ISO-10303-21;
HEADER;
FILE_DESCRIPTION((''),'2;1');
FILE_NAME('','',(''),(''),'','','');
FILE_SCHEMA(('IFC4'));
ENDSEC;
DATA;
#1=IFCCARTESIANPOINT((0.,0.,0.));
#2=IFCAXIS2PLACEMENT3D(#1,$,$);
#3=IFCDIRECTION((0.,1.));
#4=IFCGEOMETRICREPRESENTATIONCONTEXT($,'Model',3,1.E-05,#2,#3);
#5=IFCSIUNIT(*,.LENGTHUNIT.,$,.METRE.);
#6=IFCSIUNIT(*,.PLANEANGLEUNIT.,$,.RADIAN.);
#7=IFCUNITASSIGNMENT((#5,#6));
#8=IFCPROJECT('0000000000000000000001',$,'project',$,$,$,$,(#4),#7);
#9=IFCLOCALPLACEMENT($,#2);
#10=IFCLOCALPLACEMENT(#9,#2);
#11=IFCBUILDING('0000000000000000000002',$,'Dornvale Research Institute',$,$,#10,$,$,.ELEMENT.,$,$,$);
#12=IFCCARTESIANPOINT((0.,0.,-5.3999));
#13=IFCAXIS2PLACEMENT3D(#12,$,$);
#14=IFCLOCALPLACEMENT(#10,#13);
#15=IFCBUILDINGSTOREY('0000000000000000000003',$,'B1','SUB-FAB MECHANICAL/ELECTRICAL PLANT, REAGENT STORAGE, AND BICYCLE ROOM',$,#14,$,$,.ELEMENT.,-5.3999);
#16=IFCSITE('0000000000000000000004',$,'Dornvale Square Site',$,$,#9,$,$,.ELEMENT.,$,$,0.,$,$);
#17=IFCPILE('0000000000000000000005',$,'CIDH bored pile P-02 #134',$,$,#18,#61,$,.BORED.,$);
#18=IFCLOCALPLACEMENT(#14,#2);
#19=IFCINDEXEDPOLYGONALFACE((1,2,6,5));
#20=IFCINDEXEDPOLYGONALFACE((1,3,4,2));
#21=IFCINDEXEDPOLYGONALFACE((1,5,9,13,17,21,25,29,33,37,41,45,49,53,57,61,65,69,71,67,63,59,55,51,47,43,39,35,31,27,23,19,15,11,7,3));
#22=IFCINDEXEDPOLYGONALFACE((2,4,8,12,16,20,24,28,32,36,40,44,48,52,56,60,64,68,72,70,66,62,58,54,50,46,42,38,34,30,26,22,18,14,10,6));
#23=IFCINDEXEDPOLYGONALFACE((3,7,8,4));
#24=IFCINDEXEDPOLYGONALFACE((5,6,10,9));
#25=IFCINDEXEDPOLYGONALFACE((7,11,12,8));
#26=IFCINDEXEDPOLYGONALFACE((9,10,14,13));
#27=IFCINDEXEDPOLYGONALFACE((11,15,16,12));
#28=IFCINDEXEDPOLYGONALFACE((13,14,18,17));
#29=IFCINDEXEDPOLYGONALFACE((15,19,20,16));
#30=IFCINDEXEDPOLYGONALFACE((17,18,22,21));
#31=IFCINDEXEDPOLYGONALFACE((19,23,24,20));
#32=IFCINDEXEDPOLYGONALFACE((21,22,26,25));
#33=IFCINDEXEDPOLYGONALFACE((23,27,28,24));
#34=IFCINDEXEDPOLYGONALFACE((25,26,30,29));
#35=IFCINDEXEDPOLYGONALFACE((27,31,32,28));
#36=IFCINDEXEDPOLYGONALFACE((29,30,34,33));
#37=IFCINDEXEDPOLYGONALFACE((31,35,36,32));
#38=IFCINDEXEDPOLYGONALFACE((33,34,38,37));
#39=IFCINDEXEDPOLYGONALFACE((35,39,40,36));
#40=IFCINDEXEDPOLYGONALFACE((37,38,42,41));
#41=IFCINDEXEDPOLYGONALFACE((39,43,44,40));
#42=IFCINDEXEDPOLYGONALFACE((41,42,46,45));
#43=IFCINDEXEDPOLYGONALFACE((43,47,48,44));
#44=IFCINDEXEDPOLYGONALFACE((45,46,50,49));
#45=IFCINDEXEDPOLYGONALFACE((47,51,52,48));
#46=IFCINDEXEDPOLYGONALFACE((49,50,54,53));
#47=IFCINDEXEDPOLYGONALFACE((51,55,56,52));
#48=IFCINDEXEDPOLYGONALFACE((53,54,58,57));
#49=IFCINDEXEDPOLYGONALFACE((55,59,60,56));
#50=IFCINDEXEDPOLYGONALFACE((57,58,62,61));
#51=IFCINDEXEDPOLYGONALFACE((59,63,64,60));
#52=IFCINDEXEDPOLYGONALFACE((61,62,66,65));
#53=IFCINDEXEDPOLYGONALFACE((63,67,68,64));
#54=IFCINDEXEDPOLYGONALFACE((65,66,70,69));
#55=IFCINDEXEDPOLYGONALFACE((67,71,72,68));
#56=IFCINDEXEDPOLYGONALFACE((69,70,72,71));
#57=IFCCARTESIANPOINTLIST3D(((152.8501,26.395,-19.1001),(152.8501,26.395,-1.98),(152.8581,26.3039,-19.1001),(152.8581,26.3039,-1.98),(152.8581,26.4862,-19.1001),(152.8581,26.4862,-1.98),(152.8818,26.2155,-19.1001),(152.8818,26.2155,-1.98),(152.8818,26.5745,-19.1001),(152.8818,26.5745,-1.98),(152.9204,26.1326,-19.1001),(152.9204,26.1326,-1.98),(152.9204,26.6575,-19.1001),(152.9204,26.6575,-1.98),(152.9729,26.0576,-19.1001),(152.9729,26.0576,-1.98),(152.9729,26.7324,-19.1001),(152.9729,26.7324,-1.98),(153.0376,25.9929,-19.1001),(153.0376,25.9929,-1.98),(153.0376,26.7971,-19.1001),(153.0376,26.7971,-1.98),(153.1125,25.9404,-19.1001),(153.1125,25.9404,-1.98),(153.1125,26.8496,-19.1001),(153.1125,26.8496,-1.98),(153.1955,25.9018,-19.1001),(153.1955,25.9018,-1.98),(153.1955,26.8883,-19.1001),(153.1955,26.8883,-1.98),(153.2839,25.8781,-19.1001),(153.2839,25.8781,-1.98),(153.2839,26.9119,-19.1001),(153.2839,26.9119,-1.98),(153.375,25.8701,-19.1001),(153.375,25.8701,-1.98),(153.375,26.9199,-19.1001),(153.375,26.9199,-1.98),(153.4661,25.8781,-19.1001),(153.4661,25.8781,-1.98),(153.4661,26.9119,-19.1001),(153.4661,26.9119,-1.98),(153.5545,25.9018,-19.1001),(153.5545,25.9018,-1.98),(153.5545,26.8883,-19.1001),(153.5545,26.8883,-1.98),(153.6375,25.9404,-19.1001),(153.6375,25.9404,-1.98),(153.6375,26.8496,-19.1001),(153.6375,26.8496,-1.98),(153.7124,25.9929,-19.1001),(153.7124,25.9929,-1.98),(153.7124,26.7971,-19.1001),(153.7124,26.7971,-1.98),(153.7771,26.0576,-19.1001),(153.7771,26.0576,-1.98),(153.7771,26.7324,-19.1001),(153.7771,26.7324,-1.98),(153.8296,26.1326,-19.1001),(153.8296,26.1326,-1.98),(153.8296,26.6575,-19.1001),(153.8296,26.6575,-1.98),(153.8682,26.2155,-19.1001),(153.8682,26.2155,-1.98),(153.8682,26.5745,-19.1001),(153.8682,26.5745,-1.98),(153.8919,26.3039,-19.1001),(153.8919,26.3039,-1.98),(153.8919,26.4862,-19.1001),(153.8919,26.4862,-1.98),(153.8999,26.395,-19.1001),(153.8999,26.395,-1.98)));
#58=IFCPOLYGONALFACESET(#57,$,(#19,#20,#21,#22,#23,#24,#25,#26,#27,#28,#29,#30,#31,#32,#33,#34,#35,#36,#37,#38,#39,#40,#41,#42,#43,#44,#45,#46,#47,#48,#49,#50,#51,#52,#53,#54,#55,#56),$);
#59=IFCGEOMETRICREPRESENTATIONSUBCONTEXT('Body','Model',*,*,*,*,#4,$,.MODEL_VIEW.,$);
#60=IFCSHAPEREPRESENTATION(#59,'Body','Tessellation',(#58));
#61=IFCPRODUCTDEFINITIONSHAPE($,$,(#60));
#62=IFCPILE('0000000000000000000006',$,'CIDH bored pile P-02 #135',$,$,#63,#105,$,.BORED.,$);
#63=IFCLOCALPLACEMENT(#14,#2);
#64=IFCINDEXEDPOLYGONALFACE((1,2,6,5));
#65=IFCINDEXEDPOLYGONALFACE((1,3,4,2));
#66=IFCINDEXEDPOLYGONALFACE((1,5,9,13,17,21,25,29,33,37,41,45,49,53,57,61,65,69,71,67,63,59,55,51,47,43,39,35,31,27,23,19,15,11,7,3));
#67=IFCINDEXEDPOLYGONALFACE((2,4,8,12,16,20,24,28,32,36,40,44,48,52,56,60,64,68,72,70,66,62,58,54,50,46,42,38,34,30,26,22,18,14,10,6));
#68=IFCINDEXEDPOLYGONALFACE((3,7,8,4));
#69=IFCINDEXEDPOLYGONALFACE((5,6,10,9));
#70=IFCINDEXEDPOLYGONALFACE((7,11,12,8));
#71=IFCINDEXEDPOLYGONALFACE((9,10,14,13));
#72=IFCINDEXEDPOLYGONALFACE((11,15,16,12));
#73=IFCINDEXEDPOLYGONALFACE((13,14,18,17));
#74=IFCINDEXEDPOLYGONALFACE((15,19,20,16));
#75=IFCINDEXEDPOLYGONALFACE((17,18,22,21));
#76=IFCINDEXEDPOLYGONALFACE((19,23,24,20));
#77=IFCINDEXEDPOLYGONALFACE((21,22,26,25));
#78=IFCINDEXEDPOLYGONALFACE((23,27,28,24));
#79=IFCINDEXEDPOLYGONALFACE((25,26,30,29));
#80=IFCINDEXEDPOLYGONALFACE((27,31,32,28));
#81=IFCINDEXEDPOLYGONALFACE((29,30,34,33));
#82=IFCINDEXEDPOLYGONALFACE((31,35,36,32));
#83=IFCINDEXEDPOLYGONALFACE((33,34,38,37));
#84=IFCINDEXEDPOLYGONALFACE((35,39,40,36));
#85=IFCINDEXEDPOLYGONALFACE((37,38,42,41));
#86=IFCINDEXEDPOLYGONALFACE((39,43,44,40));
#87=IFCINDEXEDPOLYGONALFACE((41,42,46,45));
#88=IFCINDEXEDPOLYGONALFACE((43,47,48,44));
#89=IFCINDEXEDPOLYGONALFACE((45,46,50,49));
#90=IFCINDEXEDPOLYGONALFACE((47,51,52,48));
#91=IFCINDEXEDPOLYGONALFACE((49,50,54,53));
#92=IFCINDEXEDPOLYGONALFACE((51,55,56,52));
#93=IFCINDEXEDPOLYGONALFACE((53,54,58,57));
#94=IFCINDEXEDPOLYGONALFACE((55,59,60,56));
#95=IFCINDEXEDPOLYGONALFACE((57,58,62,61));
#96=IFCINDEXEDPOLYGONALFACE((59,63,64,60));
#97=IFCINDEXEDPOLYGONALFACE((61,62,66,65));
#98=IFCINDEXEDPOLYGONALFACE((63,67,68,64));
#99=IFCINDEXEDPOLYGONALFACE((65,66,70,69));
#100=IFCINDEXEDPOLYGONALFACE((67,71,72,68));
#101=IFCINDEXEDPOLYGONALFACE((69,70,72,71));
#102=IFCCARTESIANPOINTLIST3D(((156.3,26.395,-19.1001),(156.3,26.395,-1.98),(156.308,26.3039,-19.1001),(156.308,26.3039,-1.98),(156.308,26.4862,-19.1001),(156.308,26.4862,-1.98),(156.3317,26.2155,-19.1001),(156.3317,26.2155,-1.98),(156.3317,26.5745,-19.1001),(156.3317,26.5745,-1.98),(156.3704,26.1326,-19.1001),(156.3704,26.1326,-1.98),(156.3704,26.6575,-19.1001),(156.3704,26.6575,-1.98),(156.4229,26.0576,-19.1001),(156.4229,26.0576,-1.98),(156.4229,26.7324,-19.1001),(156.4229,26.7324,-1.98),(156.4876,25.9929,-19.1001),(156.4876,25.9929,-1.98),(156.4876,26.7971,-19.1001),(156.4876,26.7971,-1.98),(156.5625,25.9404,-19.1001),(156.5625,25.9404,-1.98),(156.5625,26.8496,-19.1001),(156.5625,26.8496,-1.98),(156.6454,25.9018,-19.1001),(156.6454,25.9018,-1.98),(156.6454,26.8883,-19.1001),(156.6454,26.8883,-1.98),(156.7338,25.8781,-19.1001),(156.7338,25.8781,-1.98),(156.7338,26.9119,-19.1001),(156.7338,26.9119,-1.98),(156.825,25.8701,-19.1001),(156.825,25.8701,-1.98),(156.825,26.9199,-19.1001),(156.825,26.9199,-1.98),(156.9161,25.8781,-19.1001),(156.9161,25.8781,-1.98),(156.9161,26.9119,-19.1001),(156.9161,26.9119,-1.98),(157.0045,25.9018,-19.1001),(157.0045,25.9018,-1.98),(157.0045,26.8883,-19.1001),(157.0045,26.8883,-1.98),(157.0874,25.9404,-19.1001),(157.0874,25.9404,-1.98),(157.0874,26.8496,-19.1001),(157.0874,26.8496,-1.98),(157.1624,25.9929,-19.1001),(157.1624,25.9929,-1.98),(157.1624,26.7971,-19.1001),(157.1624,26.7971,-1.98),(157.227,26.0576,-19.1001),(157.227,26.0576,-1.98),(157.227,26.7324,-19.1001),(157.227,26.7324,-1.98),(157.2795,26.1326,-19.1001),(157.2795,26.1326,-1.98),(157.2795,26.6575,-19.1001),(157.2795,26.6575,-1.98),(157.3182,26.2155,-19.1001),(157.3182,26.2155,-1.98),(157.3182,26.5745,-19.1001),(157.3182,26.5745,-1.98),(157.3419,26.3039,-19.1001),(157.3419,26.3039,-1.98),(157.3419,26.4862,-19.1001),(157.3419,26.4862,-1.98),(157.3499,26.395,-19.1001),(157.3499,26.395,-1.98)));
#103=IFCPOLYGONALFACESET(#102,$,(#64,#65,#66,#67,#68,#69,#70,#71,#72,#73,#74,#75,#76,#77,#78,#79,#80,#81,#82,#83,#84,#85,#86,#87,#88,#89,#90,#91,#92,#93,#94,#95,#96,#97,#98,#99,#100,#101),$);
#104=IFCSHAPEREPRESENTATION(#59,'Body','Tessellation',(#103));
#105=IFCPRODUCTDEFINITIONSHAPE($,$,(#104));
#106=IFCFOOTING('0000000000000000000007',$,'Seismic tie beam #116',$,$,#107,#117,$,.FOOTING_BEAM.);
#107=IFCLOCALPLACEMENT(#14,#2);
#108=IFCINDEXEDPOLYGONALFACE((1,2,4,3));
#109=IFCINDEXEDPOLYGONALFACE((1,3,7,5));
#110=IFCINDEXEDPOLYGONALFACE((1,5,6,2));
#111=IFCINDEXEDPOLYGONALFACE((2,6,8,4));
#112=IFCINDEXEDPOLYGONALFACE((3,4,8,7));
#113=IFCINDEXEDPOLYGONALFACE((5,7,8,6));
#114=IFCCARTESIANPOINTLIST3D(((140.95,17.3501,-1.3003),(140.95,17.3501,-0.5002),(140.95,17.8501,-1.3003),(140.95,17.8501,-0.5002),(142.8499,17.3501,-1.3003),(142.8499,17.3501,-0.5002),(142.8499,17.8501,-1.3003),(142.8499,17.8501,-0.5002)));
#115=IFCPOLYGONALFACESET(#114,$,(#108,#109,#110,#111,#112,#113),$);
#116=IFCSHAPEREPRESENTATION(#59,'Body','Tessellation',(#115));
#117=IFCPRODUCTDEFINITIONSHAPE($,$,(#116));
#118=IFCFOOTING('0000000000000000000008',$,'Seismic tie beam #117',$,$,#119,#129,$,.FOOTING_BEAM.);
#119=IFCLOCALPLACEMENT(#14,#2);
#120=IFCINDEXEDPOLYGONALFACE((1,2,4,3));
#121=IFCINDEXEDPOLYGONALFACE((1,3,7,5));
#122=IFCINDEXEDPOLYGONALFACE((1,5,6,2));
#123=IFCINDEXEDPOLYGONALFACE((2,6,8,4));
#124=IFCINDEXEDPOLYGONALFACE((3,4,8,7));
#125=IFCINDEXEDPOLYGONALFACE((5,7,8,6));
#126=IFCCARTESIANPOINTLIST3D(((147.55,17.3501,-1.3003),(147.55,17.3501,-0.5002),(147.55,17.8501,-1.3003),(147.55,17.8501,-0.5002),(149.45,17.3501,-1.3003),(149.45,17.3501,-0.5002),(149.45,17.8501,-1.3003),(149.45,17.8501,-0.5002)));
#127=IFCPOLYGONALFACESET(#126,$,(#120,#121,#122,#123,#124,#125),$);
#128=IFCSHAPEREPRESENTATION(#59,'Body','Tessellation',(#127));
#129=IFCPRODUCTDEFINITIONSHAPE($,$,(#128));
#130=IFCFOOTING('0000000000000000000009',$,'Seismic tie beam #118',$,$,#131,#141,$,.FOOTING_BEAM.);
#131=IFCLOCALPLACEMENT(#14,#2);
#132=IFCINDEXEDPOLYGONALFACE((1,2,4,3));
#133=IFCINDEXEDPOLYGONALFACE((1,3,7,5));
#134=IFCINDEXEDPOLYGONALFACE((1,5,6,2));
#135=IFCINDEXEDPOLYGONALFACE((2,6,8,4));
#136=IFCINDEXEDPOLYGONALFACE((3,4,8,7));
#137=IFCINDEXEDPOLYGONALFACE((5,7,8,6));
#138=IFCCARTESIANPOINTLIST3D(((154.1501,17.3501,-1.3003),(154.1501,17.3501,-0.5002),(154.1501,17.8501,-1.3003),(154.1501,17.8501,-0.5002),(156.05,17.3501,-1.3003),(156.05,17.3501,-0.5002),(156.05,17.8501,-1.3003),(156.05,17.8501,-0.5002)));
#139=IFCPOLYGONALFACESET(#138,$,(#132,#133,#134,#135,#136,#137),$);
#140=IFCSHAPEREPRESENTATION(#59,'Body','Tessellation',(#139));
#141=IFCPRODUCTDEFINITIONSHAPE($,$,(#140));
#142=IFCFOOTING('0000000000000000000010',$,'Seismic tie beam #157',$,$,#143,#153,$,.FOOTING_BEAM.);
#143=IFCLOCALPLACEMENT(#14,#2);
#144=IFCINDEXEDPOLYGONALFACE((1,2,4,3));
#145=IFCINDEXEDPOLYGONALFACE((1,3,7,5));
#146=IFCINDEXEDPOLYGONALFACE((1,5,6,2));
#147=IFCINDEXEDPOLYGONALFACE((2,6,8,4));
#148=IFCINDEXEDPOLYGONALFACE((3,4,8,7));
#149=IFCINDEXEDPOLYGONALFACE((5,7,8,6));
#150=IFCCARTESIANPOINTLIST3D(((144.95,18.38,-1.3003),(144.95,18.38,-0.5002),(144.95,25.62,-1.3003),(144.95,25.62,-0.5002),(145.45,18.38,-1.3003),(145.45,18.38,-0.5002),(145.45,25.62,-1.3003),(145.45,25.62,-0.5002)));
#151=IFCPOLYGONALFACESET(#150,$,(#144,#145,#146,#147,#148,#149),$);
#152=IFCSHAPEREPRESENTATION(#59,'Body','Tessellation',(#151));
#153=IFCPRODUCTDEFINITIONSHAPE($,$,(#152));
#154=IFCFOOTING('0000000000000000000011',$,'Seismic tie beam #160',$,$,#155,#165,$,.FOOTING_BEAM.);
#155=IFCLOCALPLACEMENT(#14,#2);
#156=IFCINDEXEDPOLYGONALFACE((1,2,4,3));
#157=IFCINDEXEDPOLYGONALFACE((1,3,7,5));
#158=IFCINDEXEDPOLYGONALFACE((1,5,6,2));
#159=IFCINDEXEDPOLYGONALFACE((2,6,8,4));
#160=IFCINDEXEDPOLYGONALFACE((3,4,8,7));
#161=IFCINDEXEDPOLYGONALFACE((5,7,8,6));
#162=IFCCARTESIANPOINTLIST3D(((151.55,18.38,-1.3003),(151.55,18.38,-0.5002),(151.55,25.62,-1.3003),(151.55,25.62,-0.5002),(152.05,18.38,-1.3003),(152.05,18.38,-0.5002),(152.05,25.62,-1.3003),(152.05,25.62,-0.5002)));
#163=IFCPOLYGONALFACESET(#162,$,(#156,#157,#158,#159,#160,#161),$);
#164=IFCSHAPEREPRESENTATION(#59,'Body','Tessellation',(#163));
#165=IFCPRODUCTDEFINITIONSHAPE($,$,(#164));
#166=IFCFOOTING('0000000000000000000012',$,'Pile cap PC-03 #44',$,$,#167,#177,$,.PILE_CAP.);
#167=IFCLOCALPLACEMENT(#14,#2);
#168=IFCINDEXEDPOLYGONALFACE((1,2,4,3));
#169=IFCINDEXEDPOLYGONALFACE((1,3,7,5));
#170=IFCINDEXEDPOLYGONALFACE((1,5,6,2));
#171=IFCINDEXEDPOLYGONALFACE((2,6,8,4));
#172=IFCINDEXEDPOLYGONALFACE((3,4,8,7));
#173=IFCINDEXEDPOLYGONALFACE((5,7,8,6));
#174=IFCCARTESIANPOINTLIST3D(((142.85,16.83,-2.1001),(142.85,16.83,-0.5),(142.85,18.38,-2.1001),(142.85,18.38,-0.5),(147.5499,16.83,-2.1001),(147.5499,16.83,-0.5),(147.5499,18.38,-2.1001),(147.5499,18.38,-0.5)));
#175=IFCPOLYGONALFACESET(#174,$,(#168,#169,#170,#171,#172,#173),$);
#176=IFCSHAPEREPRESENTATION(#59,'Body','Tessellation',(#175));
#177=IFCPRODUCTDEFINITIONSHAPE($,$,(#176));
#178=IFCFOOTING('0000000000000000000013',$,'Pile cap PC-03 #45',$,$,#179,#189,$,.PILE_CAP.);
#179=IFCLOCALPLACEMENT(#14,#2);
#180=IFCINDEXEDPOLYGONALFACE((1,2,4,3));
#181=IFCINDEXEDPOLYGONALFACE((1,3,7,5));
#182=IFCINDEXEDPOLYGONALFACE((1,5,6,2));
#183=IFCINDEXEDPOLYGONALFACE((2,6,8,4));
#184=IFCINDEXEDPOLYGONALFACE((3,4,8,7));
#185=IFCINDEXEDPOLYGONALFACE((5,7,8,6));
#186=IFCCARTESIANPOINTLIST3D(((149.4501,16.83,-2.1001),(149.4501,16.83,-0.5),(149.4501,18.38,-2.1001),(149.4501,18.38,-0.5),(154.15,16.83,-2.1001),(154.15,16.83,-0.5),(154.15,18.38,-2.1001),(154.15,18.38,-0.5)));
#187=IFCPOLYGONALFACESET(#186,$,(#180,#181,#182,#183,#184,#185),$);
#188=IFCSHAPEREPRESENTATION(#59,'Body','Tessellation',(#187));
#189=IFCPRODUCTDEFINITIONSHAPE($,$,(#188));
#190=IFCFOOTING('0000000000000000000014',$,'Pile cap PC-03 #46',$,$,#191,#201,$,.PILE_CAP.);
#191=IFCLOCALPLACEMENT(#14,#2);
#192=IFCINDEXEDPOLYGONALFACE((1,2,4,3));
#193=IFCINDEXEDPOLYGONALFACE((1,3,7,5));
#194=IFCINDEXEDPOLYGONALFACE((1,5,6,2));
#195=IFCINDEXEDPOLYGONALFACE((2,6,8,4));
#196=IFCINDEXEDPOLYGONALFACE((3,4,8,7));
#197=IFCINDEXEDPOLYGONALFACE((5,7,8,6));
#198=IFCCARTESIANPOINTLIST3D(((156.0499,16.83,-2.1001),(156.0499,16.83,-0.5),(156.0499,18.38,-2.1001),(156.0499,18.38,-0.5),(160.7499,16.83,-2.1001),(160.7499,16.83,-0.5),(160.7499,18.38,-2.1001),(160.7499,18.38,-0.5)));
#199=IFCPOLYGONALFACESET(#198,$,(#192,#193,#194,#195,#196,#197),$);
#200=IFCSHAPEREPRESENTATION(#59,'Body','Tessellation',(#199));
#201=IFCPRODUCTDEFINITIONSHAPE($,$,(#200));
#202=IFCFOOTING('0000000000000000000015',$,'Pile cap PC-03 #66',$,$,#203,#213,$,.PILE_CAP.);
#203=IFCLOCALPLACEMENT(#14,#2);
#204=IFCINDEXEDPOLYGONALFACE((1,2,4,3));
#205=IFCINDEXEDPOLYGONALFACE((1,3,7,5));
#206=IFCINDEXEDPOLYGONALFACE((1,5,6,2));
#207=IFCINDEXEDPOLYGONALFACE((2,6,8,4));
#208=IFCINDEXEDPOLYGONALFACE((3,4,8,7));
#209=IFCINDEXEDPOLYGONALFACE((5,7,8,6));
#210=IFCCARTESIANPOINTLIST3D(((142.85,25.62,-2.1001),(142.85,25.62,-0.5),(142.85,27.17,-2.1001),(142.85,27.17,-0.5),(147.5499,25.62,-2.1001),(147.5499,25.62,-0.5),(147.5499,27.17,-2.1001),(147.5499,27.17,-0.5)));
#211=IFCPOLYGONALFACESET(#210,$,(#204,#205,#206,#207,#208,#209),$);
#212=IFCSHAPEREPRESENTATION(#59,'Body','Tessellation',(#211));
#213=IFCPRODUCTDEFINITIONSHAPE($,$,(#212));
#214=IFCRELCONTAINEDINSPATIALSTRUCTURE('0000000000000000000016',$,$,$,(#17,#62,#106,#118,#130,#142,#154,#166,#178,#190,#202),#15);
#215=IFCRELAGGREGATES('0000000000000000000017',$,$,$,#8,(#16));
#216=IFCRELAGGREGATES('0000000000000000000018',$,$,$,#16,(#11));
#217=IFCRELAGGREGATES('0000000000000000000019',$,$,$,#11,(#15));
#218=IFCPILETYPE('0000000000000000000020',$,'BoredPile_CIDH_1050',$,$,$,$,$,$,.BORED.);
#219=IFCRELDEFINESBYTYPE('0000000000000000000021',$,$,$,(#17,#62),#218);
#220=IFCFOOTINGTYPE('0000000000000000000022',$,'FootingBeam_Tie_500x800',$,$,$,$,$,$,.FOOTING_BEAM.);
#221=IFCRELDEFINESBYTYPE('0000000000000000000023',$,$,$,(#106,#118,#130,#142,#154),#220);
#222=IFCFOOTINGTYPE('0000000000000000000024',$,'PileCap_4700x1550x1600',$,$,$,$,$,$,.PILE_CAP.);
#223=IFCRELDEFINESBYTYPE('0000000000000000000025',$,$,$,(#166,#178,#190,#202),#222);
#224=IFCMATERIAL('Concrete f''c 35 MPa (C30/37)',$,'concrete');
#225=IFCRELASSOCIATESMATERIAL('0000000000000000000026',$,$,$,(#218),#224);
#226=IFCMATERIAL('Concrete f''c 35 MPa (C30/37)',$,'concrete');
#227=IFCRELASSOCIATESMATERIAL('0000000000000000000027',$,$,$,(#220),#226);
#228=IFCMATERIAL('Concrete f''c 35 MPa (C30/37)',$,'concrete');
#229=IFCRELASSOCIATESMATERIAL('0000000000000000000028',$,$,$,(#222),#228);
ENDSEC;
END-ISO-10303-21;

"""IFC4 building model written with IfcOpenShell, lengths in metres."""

from ifc_helpers import new_model, si_unit, direction, frame, origin, origin_2d, place, context, subcontext, project, spatial, rectangle, circle, extrude, material, material_profile, profile_set, type_object, element, save


model = new_model("IFC4")

# Units and contexts
model_context = context("Model", 3, precision=1e-05, world=origin(), true_north=direction((0.0, 1.0)))
body_context = subcontext(model_context, "Body", "Model", "MODEL_VIEW")
ifc_project = project(units=[si_unit("LENGTHUNIT", "METRE"), si_unit("PLANEANGLEUNIT", "RADIAN")], contexts=[model_context])

# Site, building, storey
site_placement = place(None, origin())
site = spatial("IfcSite", under=ifc_project, at=site_placement, Name="Dornvale Square Site", CompositionType="ELEMENT", RefElevation=0.0)
building_placement = place(site_placement, origin())
building = spatial("IfcBuilding", under=site, at=building_placement, Name="Dornvale Research Institute", CompositionType="ELEMENT")
storey_placement = place(building_placement, frame((0.0, 0.0, -5.3999)))
storey = spatial("IfcBuildingStorey", under=building, at=storey_placement, Name="B1", Description="SUB-FAB MECHANICAL/ELECTRICAL PLANT, REAGENT STORAGE, AND BICYCLE ROOM", CompositionType="ELEMENT", Elevation=-5.3999)

# Piles
ifc_material_1 = material(Name="Concrete f'c 35 MPa (C30/37)", Category="concrete")
ifc_material_profile_1 = material_profile(ifc_material_1, circle(Radius=0.5249, at=origin_2d()), Name="CIDH PILE D1050")
ifc_profile_set_1 = profile_set([ifc_material_profile_1], Name="Concrete f'c 35 MPa (C30/37)")
pile_type = type_object("IfcPileType", Name="BoredPile_CIDH_1050", PredefinedType="BORED", material=ifc_profile_set_1)
for number, where, z_axis, x_axis, name in (
    (1, (153.375, 26.395, -1.98), (0.0, 0.0, -1.0), (1.0, 0.0, 0.0), "CIDH bored pile P-02 #134"),
    (2, (156.825, 26.395, -1.98), (0.0, 0.0, -1.0), (1.0, 0.0, 0.0), "CIDH bored pile P-02 #135"),
):
    element("IfcPile", number, at=place(storey_placement, frame(where, z_axis=z_axis, x_axis=x_axis)), inside=storey, type_object=pile_type, Name=name, PredefinedType="BORED", context=body_context, shape_type="SweptSolid", body=[
        extrude(circle(Radius=0.5249, at=origin_2d()), origin(), (0.0, 0.0, 1.0), 17.1201),
    ])

# Footings
ifc_material_2 = material(Name="Concrete f'c 35 MPa (C30/37)", Category="concrete")
footing_type_1 = type_object("IfcFootingType", Name="FootingBeam_Tie_500x800", PredefinedType="FOOTING_BEAM", material=ifc_material_2)
for number, where, z_axis, x_axis, name in (
    (3, (141.8999, 17.6001, -1.3003), (0.0, 0.0, 1.0), (1.0, 0.0, 0.0), "Seismic tie beam #116"),
    (4, (148.5, 17.6001, -1.3003), (0.0, 0.0, 1.0), (1.0, 0.0, 0.0), "Seismic tie beam #117"),
    (5, (155.1001, 17.6001, -1.3003), (0.0, 0.0, 1.0), (1.0, 0.0, 0.0), "Seismic tie beam #118"),
):
    element("IfcFooting", number, at=place(storey_placement, frame(where, z_axis=z_axis, x_axis=x_axis)), inside=storey, type_object=footing_type_1, Name=name, PredefinedType="FOOTING_BEAM", context=body_context, shape_type="SweptSolid", body=[
        extrude(rectangle(XDim=1.8999, YDim=0.5, at=origin_2d()), origin(), (0.0, 0.0, 1.0), 0.8),
    ])
for number, where, z_axis, x_axis, name in (
    (6, (145.2, 22.0, -1.3003), (0.0, 0.0, 1.0), (0.0, 1.0, 0.0), "Seismic tie beam #157"),
    (7, (151.8, 22.0, -1.3003), (0.0, 0.0, 1.0), (0.0, 1.0, 0.0), "Seismic tie beam #160"),
):
    element("IfcFooting", number, at=place(storey_placement, frame(where, z_axis=z_axis, x_axis=x_axis)), inside=storey, type_object=footing_type_1, Name=name, PredefinedType="FOOTING_BEAM", context=body_context, shape_type="SweptSolid", body=[
        extrude(rectangle(XDim=7.24, YDim=0.5, at=origin_2d()), origin(), (0.0, 0.0, 1.0), 0.8),
    ])
ifc_material_3 = material(Name="Concrete f'c 35 MPa (C30/37)", Category="concrete")
footing_type_2 = type_object("IfcFootingType", Name="PileCap_4700x1550x1600", PredefinedType="PILE_CAP", material=ifc_material_3)
for number, where, z_axis, x_axis, name in (
    (8, (145.2, 17.605, -2.1001), (0.0, 0.0, 1.0), (1.0, 0.0, 0.0), "Pile cap PC-03 #44"),
    (9, (151.8, 17.605, -2.1001), (0.0, 0.0, 1.0), (1.0, 0.0, 0.0), "Pile cap PC-03 #45"),
    (10, (158.3999, 17.605, -2.1001), (0.0, 0.0, 1.0), (1.0, 0.0, 0.0), "Pile cap PC-03 #46"),
    (11, (145.2, 26.395, -2.1001), (0.0, 0.0, 1.0), (1.0, 0.0, 0.0), "Pile cap PC-03 #66"),
):
    element("IfcFooting", number, at=place(storey_placement, frame(where, z_axis=z_axis, x_axis=x_axis)), inside=storey, type_object=footing_type_2, Name=name, PredefinedType="PILE_CAP", context=body_context, shape_type="SweptSolid", body=[
        extrude(rectangle(XDim=4.7, YDim=1.55, at=origin_2d()), origin(), (0.0, 0.0, 1.0), 1.6001),
    ])

save(model, "model.ifc")
